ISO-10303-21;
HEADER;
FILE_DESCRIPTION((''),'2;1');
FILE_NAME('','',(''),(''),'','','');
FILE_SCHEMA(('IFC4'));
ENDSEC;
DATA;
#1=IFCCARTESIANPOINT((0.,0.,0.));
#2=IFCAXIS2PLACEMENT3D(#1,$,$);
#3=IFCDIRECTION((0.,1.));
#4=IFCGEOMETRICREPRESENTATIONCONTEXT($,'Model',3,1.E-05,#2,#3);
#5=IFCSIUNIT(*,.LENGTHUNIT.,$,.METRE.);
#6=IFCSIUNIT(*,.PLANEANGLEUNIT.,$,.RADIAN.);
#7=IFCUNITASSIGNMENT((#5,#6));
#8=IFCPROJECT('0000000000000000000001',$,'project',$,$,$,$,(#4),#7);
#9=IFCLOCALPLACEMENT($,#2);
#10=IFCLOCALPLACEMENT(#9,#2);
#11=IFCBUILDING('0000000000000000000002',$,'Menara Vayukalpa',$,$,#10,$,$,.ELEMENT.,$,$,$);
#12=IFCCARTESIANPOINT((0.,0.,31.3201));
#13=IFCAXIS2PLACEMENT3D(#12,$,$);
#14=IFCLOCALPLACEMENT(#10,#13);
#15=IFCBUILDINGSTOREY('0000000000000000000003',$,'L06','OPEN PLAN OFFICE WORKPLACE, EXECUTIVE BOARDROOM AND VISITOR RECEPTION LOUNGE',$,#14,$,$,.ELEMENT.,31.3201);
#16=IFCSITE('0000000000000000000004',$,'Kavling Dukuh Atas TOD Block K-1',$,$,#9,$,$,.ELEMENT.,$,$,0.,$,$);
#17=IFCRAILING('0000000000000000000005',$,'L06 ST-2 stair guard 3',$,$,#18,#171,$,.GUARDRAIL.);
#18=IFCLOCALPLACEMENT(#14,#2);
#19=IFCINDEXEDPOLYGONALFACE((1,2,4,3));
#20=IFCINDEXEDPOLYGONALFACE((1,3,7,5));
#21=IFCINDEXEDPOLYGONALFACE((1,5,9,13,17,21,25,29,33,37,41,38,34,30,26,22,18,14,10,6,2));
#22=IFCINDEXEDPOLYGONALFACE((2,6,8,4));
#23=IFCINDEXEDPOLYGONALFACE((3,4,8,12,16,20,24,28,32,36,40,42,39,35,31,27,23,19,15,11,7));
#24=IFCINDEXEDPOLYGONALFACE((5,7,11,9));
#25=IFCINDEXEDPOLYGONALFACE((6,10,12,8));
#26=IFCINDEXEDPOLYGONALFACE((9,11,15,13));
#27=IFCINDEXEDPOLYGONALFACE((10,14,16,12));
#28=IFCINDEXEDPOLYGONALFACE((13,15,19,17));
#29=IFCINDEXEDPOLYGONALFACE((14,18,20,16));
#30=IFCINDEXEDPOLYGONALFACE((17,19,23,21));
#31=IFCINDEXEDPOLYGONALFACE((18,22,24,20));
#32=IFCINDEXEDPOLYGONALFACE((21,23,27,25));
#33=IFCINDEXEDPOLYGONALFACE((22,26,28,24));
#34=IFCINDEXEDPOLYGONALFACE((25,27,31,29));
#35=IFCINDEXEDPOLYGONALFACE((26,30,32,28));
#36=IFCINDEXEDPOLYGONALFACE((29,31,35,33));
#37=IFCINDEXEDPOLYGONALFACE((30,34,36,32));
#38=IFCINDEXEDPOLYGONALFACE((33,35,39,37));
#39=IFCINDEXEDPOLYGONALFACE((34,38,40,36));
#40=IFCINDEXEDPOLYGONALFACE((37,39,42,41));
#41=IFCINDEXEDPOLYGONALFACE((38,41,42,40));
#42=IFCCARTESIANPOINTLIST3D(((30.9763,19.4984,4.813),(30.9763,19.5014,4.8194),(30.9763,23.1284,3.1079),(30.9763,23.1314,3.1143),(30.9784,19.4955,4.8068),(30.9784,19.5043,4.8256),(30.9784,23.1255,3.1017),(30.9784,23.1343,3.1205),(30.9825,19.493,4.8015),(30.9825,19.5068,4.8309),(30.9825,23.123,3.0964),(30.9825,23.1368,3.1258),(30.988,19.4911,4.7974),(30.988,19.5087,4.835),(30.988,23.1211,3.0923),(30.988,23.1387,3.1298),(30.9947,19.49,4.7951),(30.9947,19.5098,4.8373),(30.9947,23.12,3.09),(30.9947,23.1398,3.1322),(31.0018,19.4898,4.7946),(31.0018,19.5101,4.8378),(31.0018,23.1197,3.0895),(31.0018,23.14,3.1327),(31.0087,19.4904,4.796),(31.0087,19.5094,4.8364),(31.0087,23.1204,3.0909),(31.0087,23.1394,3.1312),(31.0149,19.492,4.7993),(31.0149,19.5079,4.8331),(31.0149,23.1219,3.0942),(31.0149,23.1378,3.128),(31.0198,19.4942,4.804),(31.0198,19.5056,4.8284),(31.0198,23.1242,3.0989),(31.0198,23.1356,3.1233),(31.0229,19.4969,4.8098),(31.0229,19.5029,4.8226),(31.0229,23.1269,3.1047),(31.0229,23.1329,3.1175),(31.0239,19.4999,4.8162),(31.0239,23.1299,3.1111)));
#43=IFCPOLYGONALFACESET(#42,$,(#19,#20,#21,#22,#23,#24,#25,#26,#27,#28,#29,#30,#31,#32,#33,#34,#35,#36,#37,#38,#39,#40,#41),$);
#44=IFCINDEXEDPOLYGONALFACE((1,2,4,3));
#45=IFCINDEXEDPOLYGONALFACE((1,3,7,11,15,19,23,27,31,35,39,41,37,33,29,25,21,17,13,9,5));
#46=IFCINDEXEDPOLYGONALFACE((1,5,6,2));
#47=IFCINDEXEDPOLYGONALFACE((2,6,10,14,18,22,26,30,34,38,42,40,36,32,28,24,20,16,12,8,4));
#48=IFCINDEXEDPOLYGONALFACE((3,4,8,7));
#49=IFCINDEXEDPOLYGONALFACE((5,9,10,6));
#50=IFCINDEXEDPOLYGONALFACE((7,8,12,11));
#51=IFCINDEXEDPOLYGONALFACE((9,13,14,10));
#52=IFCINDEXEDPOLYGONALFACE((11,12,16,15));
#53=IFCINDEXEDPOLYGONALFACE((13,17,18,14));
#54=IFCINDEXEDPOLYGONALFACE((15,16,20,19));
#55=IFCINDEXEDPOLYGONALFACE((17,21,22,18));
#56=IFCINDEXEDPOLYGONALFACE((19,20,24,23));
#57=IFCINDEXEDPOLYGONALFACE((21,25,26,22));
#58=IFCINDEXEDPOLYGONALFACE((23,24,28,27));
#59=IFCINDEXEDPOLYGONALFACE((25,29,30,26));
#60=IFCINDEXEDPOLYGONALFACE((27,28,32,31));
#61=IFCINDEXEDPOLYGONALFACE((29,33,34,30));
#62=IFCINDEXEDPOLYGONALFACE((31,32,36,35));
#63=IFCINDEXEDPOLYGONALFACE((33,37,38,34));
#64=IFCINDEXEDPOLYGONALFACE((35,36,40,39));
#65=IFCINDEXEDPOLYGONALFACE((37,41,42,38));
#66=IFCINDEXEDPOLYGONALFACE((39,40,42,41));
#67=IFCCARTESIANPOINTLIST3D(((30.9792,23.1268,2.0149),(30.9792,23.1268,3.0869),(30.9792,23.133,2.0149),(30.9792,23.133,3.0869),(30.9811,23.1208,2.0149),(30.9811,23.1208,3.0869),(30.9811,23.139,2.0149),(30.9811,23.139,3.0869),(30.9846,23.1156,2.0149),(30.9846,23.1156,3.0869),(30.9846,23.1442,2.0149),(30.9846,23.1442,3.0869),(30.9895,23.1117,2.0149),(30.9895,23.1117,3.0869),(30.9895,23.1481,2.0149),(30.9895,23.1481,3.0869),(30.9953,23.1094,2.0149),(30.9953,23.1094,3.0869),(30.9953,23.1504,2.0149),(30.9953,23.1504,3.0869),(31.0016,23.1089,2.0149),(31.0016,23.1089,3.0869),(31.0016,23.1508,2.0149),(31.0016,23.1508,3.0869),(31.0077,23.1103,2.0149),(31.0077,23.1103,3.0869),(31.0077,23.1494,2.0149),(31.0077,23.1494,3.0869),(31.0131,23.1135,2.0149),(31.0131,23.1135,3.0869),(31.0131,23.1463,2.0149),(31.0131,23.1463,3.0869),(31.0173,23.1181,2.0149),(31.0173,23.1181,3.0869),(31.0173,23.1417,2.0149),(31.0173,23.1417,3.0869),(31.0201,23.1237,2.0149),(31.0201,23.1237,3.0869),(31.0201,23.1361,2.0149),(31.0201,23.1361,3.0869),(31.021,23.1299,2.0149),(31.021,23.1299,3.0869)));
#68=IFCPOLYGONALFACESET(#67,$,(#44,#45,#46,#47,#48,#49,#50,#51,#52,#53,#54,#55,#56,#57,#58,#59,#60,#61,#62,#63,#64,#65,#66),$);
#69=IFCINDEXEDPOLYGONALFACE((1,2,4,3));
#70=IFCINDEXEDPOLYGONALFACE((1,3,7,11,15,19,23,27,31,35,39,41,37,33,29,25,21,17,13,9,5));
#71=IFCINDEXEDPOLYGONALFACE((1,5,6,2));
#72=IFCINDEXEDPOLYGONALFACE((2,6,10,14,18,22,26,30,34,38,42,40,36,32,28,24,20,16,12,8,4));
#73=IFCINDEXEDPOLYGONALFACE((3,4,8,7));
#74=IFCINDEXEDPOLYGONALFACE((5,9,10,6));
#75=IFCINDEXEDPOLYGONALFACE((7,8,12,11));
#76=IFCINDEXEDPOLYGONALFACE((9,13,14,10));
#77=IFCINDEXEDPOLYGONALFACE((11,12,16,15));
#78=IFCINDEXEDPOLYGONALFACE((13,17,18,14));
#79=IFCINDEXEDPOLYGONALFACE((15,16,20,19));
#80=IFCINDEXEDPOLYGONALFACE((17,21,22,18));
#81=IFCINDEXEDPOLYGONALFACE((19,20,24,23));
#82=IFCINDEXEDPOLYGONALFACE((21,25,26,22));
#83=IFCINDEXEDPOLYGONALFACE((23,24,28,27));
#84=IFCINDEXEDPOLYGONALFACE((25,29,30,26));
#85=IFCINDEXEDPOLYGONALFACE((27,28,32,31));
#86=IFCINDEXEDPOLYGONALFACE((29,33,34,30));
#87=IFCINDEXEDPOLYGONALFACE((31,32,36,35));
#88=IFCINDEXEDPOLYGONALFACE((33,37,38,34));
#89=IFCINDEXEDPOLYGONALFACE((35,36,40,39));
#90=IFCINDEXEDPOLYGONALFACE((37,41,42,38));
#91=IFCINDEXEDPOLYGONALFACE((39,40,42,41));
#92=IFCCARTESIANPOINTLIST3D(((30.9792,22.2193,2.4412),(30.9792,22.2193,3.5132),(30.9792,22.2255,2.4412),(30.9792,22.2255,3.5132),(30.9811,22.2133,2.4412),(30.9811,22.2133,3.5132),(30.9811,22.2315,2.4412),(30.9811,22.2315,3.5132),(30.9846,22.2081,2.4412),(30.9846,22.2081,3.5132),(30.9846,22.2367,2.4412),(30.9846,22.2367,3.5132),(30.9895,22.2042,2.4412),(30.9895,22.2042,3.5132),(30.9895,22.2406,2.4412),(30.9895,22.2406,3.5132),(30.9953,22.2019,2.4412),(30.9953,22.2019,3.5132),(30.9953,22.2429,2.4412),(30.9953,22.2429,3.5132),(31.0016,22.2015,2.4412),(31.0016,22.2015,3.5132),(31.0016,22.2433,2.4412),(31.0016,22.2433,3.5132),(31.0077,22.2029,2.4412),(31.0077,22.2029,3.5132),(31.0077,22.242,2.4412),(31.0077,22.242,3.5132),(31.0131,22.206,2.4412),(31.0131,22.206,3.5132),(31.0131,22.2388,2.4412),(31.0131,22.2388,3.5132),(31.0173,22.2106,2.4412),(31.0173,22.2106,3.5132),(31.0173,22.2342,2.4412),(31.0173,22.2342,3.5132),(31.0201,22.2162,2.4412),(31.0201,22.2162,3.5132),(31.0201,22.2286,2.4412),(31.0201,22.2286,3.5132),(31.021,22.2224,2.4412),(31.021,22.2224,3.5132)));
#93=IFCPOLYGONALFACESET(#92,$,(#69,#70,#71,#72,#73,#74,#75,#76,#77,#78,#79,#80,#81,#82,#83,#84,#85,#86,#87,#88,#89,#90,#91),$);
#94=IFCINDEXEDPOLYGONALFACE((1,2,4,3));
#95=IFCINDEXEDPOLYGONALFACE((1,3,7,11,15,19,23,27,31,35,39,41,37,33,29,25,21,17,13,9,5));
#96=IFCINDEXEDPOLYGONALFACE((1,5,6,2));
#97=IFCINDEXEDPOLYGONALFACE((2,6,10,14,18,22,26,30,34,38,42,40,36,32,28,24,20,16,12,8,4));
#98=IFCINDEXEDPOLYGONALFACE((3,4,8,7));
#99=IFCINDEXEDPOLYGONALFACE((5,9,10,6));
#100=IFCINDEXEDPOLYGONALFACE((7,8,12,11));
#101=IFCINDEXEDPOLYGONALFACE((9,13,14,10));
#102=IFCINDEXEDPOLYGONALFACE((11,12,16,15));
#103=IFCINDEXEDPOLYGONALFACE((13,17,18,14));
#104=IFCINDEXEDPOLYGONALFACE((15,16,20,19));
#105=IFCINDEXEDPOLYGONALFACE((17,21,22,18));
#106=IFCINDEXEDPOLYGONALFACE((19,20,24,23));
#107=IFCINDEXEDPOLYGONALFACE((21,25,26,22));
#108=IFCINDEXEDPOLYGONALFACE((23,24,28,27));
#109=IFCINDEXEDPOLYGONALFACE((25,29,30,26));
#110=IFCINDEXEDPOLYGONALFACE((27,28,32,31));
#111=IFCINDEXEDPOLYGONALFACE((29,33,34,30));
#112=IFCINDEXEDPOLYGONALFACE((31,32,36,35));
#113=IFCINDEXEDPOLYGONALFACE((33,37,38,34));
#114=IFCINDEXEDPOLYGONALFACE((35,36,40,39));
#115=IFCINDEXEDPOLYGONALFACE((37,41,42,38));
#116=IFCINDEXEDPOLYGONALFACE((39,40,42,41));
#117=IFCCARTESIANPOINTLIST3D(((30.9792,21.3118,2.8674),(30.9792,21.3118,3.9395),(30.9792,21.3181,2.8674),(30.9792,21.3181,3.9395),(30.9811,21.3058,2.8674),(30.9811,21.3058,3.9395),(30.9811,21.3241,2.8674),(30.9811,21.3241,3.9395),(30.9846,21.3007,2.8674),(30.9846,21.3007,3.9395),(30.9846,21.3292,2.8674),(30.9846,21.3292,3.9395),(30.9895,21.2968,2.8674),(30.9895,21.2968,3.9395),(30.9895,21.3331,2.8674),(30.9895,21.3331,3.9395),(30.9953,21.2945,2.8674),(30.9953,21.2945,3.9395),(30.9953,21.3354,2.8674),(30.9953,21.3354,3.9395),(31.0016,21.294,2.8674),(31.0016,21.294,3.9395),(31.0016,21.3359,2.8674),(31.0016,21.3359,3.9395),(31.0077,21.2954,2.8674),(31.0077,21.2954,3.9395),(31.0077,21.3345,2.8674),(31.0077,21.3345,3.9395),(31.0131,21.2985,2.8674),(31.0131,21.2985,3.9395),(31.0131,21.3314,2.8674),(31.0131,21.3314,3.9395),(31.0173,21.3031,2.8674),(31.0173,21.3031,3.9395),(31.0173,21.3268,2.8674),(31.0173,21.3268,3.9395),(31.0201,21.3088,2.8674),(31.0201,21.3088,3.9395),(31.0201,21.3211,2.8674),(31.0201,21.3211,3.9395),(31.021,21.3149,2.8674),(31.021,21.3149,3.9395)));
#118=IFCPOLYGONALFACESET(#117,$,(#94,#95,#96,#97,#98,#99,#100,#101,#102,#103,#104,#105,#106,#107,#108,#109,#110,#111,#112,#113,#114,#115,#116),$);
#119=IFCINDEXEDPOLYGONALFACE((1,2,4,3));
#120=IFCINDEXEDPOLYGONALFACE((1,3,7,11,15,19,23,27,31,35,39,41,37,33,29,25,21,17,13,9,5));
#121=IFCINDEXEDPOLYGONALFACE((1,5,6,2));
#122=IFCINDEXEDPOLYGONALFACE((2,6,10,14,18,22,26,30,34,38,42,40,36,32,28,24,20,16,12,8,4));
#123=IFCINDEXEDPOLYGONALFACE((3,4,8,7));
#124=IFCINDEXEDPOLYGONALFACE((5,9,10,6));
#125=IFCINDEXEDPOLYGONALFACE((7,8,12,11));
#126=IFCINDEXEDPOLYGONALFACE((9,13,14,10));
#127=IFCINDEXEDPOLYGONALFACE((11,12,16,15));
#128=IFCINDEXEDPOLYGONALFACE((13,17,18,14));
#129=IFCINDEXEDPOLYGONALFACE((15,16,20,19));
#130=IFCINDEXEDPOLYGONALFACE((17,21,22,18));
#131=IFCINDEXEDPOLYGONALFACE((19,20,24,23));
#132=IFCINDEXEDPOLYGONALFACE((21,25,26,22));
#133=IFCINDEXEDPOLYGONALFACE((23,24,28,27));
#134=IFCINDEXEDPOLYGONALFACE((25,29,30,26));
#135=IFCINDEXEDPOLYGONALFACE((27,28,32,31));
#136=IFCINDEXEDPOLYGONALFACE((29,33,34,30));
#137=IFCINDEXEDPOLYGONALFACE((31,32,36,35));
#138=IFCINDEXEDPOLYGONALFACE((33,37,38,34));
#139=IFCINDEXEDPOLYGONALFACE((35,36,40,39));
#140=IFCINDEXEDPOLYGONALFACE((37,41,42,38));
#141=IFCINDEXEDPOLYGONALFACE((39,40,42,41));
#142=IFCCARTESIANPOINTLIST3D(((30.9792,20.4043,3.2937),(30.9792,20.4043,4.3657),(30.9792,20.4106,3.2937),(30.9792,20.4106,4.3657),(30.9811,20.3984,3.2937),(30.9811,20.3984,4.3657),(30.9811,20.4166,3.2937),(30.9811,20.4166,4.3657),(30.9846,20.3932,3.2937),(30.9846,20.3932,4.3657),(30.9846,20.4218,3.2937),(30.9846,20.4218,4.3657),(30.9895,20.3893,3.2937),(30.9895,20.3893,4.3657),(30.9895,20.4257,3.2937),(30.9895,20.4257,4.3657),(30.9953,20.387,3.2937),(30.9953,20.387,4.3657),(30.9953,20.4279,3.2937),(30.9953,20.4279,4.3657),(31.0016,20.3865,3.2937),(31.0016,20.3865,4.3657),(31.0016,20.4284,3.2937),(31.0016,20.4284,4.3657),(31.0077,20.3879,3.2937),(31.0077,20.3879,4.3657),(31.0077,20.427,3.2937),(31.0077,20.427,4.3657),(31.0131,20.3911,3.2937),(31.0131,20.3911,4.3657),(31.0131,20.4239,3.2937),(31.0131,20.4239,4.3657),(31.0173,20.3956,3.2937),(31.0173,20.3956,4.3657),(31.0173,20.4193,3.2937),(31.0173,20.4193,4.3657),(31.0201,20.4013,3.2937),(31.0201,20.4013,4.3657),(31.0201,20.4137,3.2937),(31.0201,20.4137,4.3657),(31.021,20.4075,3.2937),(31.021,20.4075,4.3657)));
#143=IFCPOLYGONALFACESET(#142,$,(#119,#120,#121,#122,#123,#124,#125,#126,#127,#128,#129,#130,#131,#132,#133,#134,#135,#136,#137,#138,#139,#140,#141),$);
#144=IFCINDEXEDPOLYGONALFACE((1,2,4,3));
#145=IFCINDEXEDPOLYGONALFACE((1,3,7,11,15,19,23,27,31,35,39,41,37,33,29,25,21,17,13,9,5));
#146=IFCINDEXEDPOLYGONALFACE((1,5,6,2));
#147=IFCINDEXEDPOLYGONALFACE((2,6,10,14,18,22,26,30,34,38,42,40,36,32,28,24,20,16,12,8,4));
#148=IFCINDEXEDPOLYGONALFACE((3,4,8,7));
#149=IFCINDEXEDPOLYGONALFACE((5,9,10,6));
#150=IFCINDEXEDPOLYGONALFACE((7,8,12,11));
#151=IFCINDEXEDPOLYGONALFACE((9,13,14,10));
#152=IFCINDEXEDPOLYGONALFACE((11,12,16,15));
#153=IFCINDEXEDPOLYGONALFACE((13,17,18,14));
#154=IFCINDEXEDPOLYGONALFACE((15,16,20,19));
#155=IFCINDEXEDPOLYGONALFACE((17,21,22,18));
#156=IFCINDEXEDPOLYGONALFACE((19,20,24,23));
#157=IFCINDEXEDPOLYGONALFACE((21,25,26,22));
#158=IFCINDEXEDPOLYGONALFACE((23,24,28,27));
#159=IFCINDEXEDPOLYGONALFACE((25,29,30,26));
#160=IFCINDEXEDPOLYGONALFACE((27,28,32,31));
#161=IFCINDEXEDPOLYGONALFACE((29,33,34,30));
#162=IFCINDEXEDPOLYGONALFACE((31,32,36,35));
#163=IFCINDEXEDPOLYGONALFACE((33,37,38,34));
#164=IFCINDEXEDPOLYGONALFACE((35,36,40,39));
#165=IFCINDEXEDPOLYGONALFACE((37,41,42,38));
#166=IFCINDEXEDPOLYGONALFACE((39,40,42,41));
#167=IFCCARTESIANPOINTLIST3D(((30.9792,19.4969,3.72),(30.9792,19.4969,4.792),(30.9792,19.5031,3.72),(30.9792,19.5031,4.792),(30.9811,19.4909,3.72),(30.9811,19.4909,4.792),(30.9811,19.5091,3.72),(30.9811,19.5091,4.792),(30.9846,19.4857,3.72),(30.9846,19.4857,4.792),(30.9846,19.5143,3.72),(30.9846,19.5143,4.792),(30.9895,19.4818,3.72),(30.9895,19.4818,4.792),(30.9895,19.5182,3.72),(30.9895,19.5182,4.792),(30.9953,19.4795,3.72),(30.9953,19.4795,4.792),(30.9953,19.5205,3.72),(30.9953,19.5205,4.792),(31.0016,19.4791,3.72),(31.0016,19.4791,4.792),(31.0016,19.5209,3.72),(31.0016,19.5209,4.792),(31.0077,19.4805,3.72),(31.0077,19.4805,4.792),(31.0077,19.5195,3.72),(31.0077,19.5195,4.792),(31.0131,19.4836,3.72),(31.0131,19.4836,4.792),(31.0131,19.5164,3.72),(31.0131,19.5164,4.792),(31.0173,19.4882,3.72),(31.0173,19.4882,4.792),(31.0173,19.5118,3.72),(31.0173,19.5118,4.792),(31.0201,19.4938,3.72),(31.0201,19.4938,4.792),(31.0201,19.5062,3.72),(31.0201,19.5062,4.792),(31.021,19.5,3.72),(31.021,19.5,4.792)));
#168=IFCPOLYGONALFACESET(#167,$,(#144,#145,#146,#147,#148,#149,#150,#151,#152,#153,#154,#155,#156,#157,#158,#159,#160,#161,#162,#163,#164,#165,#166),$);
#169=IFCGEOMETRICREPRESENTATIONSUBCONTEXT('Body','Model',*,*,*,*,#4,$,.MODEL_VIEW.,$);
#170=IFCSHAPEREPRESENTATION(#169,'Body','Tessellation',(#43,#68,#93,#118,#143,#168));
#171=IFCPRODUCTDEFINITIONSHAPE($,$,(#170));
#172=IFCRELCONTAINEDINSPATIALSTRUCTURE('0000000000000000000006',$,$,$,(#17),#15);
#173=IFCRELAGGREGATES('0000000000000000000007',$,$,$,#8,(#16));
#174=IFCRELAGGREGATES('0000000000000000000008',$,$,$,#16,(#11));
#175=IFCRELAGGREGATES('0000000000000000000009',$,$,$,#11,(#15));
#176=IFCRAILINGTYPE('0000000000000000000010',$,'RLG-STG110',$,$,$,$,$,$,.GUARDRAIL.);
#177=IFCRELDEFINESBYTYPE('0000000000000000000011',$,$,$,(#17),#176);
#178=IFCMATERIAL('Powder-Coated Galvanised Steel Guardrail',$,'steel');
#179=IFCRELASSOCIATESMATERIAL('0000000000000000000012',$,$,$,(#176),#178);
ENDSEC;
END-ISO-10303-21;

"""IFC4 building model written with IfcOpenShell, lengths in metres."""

from ifc_helpers import new_model, si_unit, direction, frame, origin, origin_2d, place, context, subcontext, project, spatial, circle, extrude, material, type_object, element, save


model = new_model("IFC4")

# Units and contexts
model_context = context("Model", 3, precision=1e-05, world=origin(), true_north=direction((0.0, 1.0)))
body_context = subcontext(model_context, "Body", "Model", "MODEL_VIEW")
ifc_project = project(units=[si_unit("LENGTHUNIT", "METRE"), si_unit("PLANEANGLEUNIT", "RADIAN")], contexts=[model_context])

# Site, building, storey
site_placement = place(None, origin())
site = spatial("IfcSite", under=ifc_project, at=site_placement, Name="Kavling Dukuh Atas TOD Block K-1", CompositionType="ELEMENT", RefElevation=0.0)
building_placement = place(site_placement, origin())
building = spatial("IfcBuilding", under=site, at=building_placement, Name="Menara Vayukalpa", CompositionType="ELEMENT")
storey_placement = place(building_placement, frame((0.0, 0.0, 31.3201)))
storey = spatial("IfcBuildingStorey", under=building, at=storey_placement, Name="L06", Description="OPEN PLAN OFFICE WORKPLACE, EXECUTIVE BOARDROOM AND VISITOR RECEPTION LOUNGE", CompositionType="ELEMENT", Elevation=31.3201)

# Railing
ifc_material_1 = material(Name="Powder-Coated Galvanised Steel Guardrail", Category="steel")
railing_type_1 = type_object("IfcRailingType", Name="RLG-STG110", PredefinedType="GUARDRAIL", material=ifc_material_1)
railing_1_placement = place(storey_placement, frame((31.0, 23.1299, 2.0149)))
element("IfcRailing", 1, at=railing_1_placement, inside=storey, type_object=railing_type_1, Name="L06 ST-2 stair guard 3", PredefinedType="GUARDRAIL", context=body_context, shape_type="SweptSolid", body=[
    extrude(circle(Radius=0.0239, at=origin_2d()), frame((0.0, 0.0, 1.0962), z_axis=(0.0, -0.905116, 0.425164), x_axis=(1.0, 0.0, 0.0)), (0.0, 0.0, 1.0), 4.0105),
    extrude(circle(Radius=0.021, at=origin_2d()), origin(), (0.0, 0.0, 1.0), 1.072),
    extrude(circle(Radius=0.021, at=origin_2d()), frame((0.0, -0.9075, 0.4263)), (0.0, 0.0, 1.0), 1.072),
    extrude(circle(Radius=0.021, at=origin_2d()), frame((0.0, -1.8149, 0.8525)), (0.0, 0.0, 1.0), 1.072),
    extrude(circle(Radius=0.021, at=origin_2d()), frame((0.0, -2.7224, 1.2788)), (0.0, 0.0, 1.0), 1.072),
    extrude(circle(Radius=0.021, at=origin_2d()), frame((0.0, -3.6299, 1.7051)), (0.0, 0.0, 1.0), 1.072),
])

save(model, "model.ifc")
